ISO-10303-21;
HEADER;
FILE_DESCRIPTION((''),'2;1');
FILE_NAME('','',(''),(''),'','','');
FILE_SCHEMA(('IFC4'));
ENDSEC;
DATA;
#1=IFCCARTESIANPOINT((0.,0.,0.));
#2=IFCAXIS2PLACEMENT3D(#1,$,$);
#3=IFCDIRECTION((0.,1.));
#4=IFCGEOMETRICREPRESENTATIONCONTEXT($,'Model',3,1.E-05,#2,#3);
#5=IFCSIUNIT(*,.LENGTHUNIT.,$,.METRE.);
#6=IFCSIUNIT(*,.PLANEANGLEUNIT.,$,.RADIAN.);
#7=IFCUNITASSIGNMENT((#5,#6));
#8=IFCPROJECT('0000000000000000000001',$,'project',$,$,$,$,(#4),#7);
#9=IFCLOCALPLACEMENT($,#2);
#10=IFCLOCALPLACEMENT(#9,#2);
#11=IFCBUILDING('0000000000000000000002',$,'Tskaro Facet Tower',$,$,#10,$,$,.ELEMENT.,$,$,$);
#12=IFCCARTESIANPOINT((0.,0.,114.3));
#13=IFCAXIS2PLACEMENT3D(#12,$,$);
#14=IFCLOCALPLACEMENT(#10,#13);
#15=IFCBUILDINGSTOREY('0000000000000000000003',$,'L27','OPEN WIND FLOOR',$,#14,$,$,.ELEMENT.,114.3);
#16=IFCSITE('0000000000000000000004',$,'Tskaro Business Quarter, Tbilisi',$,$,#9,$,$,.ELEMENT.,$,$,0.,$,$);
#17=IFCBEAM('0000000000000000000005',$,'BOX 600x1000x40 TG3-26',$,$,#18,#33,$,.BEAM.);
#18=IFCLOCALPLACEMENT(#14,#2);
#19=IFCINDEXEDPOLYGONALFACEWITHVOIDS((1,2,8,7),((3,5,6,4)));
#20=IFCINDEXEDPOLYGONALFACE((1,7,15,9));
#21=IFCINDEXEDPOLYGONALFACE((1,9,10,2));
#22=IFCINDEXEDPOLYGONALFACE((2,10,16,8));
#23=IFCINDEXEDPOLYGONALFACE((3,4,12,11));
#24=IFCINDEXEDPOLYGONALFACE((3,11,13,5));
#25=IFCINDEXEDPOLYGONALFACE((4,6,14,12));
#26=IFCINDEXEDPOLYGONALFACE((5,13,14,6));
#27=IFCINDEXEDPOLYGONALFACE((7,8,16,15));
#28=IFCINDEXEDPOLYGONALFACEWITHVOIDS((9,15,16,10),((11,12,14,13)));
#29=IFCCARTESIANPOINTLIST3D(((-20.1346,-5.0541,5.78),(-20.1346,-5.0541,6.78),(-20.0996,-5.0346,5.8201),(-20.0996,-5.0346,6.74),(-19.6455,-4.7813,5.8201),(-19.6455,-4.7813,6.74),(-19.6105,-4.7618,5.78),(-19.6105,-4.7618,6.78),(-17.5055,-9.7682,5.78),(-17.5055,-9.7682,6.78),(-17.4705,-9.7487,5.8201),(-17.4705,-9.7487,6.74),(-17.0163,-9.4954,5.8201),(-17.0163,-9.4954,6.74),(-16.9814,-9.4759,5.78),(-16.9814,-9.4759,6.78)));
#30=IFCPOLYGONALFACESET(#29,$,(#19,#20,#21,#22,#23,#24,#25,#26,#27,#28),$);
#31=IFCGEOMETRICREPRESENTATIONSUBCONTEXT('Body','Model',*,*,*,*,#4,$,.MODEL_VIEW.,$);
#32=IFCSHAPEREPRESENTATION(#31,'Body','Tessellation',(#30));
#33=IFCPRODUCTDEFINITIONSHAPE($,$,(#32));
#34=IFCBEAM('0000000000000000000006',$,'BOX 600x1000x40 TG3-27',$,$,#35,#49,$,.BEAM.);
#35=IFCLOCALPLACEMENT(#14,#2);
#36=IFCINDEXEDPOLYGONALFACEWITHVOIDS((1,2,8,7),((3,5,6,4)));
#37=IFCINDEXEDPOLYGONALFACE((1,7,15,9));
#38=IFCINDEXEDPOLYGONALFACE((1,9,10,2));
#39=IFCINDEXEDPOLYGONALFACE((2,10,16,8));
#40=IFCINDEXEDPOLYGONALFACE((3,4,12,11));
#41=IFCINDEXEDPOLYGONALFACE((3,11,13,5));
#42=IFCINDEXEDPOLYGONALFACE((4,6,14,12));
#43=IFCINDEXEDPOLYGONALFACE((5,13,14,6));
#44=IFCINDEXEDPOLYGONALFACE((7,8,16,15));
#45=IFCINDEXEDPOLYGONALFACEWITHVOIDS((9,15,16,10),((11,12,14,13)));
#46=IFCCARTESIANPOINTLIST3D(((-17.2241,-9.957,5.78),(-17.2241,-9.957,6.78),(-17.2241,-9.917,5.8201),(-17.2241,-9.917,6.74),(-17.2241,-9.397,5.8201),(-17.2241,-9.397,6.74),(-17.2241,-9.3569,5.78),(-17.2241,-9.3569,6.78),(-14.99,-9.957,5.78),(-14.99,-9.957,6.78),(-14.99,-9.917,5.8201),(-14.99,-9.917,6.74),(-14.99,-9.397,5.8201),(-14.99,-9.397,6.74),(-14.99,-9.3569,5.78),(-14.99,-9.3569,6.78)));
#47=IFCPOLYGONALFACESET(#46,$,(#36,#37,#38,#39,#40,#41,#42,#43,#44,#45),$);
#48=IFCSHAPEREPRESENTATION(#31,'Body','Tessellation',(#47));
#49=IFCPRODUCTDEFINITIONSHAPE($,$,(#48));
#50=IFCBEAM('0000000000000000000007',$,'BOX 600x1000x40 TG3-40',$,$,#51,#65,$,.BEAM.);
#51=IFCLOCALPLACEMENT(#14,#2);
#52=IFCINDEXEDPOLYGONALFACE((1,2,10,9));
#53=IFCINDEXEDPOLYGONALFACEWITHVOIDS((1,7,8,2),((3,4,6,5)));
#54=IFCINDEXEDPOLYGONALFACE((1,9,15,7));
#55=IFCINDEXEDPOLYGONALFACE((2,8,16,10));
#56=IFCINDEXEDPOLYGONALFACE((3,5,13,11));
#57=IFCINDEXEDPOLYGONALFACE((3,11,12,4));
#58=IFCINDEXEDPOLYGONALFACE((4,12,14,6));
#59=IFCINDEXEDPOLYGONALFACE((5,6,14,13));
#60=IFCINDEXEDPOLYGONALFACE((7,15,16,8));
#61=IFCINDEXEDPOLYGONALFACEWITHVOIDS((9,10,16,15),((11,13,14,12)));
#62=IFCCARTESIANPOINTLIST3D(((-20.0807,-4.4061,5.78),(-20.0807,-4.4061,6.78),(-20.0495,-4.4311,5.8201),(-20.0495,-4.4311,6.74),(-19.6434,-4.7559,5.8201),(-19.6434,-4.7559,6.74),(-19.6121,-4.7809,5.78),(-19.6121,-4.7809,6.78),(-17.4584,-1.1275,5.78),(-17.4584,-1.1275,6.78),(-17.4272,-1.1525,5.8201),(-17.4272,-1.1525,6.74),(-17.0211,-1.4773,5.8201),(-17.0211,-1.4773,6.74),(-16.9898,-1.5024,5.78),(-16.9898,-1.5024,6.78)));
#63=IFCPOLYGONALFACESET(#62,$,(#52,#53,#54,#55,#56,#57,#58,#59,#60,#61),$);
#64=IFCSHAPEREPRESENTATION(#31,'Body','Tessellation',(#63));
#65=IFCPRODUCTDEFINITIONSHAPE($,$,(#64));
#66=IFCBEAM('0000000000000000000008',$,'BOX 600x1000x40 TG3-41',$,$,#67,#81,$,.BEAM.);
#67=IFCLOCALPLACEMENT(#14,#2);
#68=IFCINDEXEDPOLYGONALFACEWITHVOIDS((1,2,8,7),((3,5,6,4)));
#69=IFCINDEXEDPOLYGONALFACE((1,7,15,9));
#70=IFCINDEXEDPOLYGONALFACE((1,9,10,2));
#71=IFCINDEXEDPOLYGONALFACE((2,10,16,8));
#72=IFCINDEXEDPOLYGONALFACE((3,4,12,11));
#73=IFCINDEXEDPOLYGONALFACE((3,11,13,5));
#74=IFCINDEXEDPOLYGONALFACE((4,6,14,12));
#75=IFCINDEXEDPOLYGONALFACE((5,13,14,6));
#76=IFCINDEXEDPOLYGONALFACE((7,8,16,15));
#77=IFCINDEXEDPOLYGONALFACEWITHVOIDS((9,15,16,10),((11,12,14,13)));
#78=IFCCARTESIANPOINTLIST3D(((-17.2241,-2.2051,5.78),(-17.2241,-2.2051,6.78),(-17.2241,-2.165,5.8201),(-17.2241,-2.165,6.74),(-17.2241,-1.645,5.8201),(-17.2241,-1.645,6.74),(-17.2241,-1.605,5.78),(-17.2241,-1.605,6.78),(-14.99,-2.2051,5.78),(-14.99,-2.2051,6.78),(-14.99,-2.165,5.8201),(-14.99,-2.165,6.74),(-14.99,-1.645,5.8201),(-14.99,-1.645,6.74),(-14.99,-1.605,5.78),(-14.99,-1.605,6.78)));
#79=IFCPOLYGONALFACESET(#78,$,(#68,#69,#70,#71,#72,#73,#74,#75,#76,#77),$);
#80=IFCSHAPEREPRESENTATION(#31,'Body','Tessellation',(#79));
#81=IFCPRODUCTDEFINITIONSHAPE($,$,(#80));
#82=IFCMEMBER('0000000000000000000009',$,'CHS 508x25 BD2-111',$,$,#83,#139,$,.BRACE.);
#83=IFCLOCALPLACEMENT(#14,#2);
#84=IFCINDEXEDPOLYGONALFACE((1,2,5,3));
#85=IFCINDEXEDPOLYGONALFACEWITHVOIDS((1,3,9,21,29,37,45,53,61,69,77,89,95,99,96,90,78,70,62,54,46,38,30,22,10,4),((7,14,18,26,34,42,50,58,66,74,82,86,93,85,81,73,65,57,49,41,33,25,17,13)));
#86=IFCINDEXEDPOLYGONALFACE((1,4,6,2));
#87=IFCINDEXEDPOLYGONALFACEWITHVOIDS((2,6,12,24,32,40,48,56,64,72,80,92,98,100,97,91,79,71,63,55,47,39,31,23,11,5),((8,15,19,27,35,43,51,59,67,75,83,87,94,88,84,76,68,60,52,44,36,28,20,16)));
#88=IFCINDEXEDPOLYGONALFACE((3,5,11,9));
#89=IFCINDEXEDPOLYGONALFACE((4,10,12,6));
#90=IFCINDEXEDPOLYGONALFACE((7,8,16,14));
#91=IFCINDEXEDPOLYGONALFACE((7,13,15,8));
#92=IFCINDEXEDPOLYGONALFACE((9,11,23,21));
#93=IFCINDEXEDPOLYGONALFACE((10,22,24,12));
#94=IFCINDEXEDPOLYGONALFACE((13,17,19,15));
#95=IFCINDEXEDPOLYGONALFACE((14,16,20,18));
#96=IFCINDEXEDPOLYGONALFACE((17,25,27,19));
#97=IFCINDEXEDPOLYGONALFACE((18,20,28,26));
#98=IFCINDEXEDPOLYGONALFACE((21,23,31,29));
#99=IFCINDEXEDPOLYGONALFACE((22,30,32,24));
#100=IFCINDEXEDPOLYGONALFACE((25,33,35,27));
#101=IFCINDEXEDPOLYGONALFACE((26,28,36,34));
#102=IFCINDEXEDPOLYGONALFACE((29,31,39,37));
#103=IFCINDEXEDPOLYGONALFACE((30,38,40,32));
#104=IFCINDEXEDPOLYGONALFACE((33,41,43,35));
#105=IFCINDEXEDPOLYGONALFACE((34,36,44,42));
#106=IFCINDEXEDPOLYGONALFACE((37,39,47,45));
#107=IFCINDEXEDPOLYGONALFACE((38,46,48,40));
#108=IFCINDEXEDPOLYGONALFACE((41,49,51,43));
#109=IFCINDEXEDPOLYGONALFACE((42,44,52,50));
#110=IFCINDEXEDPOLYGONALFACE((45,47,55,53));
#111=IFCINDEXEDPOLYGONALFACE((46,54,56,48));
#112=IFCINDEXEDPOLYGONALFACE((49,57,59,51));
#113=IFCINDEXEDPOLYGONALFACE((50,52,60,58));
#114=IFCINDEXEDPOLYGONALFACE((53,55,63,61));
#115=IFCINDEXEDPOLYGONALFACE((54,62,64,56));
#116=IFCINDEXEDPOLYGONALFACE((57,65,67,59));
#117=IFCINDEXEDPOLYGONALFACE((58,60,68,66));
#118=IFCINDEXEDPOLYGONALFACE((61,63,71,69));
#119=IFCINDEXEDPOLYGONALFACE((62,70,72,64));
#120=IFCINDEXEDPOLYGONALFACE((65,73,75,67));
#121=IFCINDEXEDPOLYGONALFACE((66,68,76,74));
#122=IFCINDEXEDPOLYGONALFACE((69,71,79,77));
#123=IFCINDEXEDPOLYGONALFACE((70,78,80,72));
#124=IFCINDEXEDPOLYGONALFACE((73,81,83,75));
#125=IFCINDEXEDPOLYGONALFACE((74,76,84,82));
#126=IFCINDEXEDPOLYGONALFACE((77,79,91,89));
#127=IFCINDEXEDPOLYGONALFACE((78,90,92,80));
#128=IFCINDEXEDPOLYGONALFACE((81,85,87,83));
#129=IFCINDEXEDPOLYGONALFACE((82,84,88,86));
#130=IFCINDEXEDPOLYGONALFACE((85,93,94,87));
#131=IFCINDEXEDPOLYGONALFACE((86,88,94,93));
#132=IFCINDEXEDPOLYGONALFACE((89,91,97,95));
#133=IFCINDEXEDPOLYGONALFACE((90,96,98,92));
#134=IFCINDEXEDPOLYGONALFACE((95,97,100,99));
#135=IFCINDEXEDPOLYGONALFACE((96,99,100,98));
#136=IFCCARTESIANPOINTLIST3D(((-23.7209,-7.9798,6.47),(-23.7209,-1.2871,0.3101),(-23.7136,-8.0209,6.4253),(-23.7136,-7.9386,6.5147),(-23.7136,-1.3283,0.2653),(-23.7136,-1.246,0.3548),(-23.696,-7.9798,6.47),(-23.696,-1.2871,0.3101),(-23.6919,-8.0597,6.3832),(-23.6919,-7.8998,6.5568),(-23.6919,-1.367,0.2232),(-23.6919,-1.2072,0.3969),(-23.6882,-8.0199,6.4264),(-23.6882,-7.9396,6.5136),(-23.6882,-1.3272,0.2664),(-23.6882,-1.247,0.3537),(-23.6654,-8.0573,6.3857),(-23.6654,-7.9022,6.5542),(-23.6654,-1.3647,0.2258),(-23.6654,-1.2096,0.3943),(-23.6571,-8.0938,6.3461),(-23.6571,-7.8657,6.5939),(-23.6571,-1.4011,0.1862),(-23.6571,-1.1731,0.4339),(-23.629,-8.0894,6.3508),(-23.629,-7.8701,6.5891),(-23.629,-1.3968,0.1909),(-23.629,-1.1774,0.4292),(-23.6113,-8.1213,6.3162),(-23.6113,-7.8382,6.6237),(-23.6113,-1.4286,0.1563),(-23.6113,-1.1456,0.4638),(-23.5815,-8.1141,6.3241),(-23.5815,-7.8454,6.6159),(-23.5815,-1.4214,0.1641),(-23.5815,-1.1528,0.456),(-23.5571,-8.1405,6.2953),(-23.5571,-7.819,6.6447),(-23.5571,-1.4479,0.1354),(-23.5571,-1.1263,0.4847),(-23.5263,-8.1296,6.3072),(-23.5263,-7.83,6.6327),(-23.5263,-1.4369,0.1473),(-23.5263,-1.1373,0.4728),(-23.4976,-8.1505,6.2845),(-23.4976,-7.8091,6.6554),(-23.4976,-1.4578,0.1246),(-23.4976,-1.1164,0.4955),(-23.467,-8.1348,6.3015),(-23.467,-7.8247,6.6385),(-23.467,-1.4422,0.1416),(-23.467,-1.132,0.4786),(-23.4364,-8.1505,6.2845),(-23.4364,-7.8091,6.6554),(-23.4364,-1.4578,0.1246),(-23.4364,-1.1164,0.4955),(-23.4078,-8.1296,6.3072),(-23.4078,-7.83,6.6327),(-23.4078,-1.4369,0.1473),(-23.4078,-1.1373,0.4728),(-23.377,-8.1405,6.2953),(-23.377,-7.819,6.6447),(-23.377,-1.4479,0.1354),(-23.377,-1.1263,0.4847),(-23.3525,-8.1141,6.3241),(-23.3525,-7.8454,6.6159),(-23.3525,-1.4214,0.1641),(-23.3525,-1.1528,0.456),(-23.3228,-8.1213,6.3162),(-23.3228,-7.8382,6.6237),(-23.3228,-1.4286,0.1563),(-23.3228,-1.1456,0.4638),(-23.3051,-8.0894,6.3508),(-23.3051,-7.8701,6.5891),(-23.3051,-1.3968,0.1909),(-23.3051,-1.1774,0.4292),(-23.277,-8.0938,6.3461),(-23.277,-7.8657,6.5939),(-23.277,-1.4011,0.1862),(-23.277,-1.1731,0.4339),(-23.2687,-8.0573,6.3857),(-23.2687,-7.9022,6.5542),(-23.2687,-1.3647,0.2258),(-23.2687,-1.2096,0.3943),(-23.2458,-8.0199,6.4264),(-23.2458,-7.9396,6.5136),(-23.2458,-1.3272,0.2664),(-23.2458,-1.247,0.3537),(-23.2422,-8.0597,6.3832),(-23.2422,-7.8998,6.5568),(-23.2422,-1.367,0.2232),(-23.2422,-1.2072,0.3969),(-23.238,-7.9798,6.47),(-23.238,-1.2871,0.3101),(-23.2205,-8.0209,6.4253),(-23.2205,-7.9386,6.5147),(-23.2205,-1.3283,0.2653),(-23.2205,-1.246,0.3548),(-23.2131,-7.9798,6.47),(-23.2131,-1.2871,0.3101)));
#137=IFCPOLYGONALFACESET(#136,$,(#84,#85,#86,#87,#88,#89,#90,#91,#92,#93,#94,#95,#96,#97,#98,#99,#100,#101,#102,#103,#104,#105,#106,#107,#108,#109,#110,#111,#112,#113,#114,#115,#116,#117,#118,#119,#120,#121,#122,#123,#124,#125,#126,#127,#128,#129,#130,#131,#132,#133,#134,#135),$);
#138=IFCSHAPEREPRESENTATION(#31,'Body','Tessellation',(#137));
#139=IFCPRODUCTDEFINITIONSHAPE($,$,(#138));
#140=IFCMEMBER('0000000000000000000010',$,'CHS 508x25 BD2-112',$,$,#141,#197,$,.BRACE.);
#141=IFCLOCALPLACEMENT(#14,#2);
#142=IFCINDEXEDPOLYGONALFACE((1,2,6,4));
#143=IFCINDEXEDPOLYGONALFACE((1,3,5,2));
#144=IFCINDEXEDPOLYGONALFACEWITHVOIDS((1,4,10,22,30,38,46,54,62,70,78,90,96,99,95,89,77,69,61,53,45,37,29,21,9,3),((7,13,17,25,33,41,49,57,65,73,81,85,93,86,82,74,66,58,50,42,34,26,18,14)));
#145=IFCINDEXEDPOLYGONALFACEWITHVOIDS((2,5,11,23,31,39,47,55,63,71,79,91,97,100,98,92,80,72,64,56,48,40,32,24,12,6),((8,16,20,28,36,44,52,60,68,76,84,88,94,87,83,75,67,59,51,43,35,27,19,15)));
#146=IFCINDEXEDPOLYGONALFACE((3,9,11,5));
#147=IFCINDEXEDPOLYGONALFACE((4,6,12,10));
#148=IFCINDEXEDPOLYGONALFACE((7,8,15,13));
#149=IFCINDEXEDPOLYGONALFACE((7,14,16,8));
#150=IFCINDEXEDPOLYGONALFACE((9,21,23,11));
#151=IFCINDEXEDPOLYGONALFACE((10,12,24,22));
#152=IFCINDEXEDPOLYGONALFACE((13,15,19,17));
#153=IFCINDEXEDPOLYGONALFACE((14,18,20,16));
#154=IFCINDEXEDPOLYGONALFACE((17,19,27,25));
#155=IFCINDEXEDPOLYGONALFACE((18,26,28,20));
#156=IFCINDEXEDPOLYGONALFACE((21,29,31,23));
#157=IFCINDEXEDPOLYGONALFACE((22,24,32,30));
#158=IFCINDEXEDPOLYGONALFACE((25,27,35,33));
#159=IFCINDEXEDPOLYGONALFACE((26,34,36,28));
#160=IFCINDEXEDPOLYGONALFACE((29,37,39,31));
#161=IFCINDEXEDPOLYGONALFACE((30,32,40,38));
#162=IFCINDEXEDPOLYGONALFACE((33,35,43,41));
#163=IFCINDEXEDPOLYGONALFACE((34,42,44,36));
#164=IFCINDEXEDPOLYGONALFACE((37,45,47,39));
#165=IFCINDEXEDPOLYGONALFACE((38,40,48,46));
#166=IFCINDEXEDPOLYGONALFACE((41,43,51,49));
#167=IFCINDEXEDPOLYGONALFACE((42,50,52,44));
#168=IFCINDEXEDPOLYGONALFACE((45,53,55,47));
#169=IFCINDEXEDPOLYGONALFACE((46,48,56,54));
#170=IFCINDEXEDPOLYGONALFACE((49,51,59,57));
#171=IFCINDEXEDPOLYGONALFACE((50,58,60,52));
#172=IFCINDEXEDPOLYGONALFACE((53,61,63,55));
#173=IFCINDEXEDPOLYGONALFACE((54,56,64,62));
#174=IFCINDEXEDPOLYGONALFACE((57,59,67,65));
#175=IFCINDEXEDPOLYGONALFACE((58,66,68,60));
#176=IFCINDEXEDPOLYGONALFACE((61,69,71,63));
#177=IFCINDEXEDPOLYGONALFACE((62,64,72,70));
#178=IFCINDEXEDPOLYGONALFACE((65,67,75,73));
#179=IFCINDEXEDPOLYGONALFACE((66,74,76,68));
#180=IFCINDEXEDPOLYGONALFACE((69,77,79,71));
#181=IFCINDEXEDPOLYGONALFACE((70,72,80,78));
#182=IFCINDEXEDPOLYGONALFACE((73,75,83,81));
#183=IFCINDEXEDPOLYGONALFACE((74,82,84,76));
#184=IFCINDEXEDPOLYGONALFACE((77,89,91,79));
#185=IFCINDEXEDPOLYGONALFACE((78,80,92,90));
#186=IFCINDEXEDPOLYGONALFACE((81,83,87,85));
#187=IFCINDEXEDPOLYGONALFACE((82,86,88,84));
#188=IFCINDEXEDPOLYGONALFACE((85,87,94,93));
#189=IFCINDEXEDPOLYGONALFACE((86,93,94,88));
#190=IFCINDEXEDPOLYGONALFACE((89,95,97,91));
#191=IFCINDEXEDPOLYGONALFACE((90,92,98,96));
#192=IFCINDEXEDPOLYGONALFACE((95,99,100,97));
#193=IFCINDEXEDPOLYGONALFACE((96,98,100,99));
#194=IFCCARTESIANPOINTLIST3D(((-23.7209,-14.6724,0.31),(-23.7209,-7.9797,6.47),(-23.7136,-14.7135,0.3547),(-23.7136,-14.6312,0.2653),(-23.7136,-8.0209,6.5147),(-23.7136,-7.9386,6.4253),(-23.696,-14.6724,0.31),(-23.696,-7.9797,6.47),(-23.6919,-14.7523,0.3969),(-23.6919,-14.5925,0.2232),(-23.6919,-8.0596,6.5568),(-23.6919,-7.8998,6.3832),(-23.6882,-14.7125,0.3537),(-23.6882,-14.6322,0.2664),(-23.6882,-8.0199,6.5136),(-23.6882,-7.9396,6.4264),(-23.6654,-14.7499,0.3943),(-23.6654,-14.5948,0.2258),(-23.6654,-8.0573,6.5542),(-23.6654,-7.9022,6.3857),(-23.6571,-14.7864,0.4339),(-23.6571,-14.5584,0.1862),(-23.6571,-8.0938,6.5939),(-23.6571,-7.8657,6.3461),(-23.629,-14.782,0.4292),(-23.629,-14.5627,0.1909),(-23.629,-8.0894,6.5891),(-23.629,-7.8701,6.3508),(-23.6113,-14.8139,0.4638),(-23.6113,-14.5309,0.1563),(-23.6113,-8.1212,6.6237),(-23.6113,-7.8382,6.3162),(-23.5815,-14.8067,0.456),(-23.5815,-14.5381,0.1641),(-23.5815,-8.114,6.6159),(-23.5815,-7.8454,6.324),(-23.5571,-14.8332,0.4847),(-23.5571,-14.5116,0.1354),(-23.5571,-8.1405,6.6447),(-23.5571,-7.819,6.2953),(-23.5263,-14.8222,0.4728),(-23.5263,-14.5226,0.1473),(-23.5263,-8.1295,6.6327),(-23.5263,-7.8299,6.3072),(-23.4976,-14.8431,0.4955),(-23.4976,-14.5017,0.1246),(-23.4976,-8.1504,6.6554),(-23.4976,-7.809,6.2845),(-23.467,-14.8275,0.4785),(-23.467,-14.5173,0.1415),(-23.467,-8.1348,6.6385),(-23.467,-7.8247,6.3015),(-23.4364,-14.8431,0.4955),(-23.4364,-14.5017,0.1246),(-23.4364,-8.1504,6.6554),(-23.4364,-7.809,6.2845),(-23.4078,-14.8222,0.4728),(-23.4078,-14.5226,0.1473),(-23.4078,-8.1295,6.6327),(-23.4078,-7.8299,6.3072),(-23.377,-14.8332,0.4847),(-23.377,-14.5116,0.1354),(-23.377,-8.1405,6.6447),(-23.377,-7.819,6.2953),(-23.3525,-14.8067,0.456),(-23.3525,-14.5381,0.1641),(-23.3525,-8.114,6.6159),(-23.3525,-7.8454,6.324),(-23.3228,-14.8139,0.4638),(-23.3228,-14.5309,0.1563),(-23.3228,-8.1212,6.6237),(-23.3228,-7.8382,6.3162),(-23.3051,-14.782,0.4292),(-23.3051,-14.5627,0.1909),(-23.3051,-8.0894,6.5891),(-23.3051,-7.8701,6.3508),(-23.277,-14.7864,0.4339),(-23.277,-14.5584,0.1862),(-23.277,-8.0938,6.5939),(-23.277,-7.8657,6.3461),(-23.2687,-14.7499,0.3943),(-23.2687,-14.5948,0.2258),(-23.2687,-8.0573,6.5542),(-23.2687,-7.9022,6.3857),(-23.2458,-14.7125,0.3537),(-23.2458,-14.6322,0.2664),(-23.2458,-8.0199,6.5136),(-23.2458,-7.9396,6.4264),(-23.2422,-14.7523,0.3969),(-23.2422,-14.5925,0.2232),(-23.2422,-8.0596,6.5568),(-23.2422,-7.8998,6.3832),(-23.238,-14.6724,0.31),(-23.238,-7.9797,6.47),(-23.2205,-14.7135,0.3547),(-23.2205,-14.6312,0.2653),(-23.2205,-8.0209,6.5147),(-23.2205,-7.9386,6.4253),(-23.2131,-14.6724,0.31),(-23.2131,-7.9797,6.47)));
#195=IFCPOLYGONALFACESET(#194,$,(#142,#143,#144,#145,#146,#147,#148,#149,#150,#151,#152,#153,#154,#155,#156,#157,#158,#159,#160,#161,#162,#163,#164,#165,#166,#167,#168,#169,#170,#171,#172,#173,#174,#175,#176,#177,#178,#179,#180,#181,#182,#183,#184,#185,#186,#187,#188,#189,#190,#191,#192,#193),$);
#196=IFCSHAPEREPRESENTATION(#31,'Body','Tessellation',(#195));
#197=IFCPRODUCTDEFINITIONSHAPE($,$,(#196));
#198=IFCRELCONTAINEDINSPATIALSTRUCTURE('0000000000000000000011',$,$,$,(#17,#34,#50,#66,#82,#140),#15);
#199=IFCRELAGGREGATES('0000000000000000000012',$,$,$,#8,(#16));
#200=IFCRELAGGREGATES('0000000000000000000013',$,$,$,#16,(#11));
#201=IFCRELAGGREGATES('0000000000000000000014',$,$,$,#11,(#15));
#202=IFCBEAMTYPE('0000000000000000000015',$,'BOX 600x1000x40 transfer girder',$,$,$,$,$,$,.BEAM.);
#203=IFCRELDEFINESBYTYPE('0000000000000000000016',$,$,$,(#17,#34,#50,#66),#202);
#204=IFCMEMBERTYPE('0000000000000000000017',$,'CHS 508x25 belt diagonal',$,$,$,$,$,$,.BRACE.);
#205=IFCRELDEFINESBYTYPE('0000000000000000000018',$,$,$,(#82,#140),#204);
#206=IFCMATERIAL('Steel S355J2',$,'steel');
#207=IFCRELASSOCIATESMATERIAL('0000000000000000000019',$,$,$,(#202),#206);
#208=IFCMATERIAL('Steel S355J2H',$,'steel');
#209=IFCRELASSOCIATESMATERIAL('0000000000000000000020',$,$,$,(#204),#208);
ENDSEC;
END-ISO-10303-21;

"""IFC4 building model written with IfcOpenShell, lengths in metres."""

from ifc_helpers import new_model, si_unit, direction, frame, origin, origin_2d, place, context, subcontext, project, spatial, hollow_rectangle, hollow_circle, extrude, material, material_profile, profile_set, type_object, element, save


model = new_model("IFC4")

# Units and contexts
model_context = context("Model", 3, precision=1e-05, world=origin(), true_north=direction((0.0, 1.0)))
body_context = subcontext(model_context, "Body", "Model", "MODEL_VIEW")
ifc_project = project(units=[si_unit("LENGTHUNIT", "METRE"), si_unit("PLANEANGLEUNIT", "RADIAN")], contexts=[model_context])

# Site, building, storey
site_placement = place(None, origin())
site = spatial("IfcSite", under=ifc_project, at=site_placement, Name="Tskaro Business Quarter, Tbilisi", CompositionType="ELEMENT", RefElevation=0.0)
building_placement = place(site_placement, origin())
building = spatial("IfcBuilding", under=site, at=building_placement, Name="Tskaro Facet Tower", CompositionType="ELEMENT")
storey_placement = place(building_placement, frame((0.0, 0.0, 114.3)))
storey = spatial("IfcBuildingStorey", under=building, at=storey_placement, Name="L27", Description="OPEN WIND FLOOR", CompositionType="ELEMENT", Elevation=114.3)

# Shared definitions
ifc_material_1 = material(Name="Steel S355J2H", Category="steel")

# Beams
ifc_material_2 = material(Name="Steel S355J2", Category="steel")
ifc_material_profile_1 = material_profile(ifc_material_2, hollow_rectangle(XDim=0.6001, YDim=1.0, WallThickness=0.04, at=origin_2d()), Name="BOX 600x1000x40")
ifc_profile_set_1 = profile_set([ifc_material_profile_1], Name="Steel S355J2")
beam_type_1 = type_object("IfcBeamType", Name="BOX 600x1000x40 transfer girder", PredefinedType="BEAM", material=ifc_profile_set_1)
beam_1_placement = place(storey_placement, frame((-17.2434, -9.6221, 6.28), z_axis=(-0.487086, 0.873354, 0.0), x_axis=(-0.873354, -0.487086, 0.0)))
element("IfcBeam", 1, at=beam_1_placement, inside=storey, type_object=beam_type_1, Name="BOX 600x1000x40 TG3-26", PredefinedType="BEAM", context=body_context, shape_type="SweptSolid", body=[
    extrude(hollow_rectangle(XDim=0.6001, YDim=1.0, WallThickness=0.04, at=origin_2d()), origin(), (0.0, 0.0, 1.0), 5.3977),
])
beam_2_placement = place(storey_placement, frame((-17.2241, -9.657, 6.28), z_axis=(1.0, 0.0, 0.0), x_axis=(0.0, 1.0, 0.0)))
element("IfcBeam", 2, at=beam_2_placement, inside=storey, type_object=beam_type_1, Name="BOX 600x1000x40 TG3-27", PredefinedType="BEAM", context=body_context, shape_type="SweptSolid", body=[
    extrude(hollow_rectangle(XDim=0.6001, YDim=1.0, WallThickness=0.04, at=origin_2d()), origin(), (0.0, 0.0, 1.0), 2.2341),
])
beam_3_placement = place(storey_placement, frame((-17.2241, -1.3149, 6.28), z_axis=(-0.624617, -0.780931, 0.0), x_axis=(0.780931, -0.624617, 0.0)))
element("IfcBeam", 3, at=beam_3_placement, inside=storey, type_object=beam_type_1, Name="BOX 600x1000x40 TG3-40", PredefinedType="BEAM", context=body_context, shape_type="SweptSolid", body=[
    extrude(hollow_rectangle(XDim=0.6001, YDim=1.0, WallThickness=0.04, at=origin_2d()), origin(), (0.0, 0.0, 1.0), 4.1982),
])
beam_4_placement = place(storey_placement, frame((-17.2241, -1.905, 6.28), z_axis=(1.0, 0.0, 0.0), x_axis=(0.0, 1.0, 0.0)))
element("IfcBeam", 4, at=beam_4_placement, inside=storey, type_object=beam_type_1, Name="BOX 600x1000x40 TG3-41", PredefinedType="BEAM", context=body_context, shape_type="SweptSolid", body=[
    extrude(hollow_rectangle(XDim=0.6001, YDim=1.0, WallThickness=0.04, at=origin_2d()), origin(), (0.0, 0.0, 1.0), 2.2341),
])

# Members
ifc_material_profile_2 = material_profile(ifc_material_1, hollow_circle(Radius=0.2539, WallThickness=0.0249, at=origin_2d()), Name="CHS 508x25")
ifc_profile_set_2 = profile_set([ifc_material_profile_2], Name="Steel S355J2H")
member_type_1 = type_object("IfcMemberType", Name="CHS 508x25 belt diagonal", PredefinedType="BRACE", material=ifc_profile_set_2)
for number, where, z_axis, x_axis, name in (
    (5, (-23.467, -1.2871, 0.3101), (0.0, -0.735783, 0.677217), (1.0, 0.0, 0.0), "CHS 508x25 BD2-111"),
    (6, (-23.467, -7.9797, 6.47), (0.0, -0.735783, -0.677217), (1.0, 0.0, 0.0), "CHS 508x25 BD2-112"),
):
    element("IfcMember", number, at=place(storey_placement, frame(where, z_axis=z_axis, x_axis=x_axis)), inside=storey, type_object=member_type_1, Name=name, PredefinedType="BRACE", context=body_context, shape_type="SweptSolid", body=[
        extrude(hollow_circle(Radius=0.2539, WallThickness=0.0249, at=origin_2d()), origin(), (0.0, 0.0, 1.0), 9.0959),
    ])

save(model, "model.ifc")
